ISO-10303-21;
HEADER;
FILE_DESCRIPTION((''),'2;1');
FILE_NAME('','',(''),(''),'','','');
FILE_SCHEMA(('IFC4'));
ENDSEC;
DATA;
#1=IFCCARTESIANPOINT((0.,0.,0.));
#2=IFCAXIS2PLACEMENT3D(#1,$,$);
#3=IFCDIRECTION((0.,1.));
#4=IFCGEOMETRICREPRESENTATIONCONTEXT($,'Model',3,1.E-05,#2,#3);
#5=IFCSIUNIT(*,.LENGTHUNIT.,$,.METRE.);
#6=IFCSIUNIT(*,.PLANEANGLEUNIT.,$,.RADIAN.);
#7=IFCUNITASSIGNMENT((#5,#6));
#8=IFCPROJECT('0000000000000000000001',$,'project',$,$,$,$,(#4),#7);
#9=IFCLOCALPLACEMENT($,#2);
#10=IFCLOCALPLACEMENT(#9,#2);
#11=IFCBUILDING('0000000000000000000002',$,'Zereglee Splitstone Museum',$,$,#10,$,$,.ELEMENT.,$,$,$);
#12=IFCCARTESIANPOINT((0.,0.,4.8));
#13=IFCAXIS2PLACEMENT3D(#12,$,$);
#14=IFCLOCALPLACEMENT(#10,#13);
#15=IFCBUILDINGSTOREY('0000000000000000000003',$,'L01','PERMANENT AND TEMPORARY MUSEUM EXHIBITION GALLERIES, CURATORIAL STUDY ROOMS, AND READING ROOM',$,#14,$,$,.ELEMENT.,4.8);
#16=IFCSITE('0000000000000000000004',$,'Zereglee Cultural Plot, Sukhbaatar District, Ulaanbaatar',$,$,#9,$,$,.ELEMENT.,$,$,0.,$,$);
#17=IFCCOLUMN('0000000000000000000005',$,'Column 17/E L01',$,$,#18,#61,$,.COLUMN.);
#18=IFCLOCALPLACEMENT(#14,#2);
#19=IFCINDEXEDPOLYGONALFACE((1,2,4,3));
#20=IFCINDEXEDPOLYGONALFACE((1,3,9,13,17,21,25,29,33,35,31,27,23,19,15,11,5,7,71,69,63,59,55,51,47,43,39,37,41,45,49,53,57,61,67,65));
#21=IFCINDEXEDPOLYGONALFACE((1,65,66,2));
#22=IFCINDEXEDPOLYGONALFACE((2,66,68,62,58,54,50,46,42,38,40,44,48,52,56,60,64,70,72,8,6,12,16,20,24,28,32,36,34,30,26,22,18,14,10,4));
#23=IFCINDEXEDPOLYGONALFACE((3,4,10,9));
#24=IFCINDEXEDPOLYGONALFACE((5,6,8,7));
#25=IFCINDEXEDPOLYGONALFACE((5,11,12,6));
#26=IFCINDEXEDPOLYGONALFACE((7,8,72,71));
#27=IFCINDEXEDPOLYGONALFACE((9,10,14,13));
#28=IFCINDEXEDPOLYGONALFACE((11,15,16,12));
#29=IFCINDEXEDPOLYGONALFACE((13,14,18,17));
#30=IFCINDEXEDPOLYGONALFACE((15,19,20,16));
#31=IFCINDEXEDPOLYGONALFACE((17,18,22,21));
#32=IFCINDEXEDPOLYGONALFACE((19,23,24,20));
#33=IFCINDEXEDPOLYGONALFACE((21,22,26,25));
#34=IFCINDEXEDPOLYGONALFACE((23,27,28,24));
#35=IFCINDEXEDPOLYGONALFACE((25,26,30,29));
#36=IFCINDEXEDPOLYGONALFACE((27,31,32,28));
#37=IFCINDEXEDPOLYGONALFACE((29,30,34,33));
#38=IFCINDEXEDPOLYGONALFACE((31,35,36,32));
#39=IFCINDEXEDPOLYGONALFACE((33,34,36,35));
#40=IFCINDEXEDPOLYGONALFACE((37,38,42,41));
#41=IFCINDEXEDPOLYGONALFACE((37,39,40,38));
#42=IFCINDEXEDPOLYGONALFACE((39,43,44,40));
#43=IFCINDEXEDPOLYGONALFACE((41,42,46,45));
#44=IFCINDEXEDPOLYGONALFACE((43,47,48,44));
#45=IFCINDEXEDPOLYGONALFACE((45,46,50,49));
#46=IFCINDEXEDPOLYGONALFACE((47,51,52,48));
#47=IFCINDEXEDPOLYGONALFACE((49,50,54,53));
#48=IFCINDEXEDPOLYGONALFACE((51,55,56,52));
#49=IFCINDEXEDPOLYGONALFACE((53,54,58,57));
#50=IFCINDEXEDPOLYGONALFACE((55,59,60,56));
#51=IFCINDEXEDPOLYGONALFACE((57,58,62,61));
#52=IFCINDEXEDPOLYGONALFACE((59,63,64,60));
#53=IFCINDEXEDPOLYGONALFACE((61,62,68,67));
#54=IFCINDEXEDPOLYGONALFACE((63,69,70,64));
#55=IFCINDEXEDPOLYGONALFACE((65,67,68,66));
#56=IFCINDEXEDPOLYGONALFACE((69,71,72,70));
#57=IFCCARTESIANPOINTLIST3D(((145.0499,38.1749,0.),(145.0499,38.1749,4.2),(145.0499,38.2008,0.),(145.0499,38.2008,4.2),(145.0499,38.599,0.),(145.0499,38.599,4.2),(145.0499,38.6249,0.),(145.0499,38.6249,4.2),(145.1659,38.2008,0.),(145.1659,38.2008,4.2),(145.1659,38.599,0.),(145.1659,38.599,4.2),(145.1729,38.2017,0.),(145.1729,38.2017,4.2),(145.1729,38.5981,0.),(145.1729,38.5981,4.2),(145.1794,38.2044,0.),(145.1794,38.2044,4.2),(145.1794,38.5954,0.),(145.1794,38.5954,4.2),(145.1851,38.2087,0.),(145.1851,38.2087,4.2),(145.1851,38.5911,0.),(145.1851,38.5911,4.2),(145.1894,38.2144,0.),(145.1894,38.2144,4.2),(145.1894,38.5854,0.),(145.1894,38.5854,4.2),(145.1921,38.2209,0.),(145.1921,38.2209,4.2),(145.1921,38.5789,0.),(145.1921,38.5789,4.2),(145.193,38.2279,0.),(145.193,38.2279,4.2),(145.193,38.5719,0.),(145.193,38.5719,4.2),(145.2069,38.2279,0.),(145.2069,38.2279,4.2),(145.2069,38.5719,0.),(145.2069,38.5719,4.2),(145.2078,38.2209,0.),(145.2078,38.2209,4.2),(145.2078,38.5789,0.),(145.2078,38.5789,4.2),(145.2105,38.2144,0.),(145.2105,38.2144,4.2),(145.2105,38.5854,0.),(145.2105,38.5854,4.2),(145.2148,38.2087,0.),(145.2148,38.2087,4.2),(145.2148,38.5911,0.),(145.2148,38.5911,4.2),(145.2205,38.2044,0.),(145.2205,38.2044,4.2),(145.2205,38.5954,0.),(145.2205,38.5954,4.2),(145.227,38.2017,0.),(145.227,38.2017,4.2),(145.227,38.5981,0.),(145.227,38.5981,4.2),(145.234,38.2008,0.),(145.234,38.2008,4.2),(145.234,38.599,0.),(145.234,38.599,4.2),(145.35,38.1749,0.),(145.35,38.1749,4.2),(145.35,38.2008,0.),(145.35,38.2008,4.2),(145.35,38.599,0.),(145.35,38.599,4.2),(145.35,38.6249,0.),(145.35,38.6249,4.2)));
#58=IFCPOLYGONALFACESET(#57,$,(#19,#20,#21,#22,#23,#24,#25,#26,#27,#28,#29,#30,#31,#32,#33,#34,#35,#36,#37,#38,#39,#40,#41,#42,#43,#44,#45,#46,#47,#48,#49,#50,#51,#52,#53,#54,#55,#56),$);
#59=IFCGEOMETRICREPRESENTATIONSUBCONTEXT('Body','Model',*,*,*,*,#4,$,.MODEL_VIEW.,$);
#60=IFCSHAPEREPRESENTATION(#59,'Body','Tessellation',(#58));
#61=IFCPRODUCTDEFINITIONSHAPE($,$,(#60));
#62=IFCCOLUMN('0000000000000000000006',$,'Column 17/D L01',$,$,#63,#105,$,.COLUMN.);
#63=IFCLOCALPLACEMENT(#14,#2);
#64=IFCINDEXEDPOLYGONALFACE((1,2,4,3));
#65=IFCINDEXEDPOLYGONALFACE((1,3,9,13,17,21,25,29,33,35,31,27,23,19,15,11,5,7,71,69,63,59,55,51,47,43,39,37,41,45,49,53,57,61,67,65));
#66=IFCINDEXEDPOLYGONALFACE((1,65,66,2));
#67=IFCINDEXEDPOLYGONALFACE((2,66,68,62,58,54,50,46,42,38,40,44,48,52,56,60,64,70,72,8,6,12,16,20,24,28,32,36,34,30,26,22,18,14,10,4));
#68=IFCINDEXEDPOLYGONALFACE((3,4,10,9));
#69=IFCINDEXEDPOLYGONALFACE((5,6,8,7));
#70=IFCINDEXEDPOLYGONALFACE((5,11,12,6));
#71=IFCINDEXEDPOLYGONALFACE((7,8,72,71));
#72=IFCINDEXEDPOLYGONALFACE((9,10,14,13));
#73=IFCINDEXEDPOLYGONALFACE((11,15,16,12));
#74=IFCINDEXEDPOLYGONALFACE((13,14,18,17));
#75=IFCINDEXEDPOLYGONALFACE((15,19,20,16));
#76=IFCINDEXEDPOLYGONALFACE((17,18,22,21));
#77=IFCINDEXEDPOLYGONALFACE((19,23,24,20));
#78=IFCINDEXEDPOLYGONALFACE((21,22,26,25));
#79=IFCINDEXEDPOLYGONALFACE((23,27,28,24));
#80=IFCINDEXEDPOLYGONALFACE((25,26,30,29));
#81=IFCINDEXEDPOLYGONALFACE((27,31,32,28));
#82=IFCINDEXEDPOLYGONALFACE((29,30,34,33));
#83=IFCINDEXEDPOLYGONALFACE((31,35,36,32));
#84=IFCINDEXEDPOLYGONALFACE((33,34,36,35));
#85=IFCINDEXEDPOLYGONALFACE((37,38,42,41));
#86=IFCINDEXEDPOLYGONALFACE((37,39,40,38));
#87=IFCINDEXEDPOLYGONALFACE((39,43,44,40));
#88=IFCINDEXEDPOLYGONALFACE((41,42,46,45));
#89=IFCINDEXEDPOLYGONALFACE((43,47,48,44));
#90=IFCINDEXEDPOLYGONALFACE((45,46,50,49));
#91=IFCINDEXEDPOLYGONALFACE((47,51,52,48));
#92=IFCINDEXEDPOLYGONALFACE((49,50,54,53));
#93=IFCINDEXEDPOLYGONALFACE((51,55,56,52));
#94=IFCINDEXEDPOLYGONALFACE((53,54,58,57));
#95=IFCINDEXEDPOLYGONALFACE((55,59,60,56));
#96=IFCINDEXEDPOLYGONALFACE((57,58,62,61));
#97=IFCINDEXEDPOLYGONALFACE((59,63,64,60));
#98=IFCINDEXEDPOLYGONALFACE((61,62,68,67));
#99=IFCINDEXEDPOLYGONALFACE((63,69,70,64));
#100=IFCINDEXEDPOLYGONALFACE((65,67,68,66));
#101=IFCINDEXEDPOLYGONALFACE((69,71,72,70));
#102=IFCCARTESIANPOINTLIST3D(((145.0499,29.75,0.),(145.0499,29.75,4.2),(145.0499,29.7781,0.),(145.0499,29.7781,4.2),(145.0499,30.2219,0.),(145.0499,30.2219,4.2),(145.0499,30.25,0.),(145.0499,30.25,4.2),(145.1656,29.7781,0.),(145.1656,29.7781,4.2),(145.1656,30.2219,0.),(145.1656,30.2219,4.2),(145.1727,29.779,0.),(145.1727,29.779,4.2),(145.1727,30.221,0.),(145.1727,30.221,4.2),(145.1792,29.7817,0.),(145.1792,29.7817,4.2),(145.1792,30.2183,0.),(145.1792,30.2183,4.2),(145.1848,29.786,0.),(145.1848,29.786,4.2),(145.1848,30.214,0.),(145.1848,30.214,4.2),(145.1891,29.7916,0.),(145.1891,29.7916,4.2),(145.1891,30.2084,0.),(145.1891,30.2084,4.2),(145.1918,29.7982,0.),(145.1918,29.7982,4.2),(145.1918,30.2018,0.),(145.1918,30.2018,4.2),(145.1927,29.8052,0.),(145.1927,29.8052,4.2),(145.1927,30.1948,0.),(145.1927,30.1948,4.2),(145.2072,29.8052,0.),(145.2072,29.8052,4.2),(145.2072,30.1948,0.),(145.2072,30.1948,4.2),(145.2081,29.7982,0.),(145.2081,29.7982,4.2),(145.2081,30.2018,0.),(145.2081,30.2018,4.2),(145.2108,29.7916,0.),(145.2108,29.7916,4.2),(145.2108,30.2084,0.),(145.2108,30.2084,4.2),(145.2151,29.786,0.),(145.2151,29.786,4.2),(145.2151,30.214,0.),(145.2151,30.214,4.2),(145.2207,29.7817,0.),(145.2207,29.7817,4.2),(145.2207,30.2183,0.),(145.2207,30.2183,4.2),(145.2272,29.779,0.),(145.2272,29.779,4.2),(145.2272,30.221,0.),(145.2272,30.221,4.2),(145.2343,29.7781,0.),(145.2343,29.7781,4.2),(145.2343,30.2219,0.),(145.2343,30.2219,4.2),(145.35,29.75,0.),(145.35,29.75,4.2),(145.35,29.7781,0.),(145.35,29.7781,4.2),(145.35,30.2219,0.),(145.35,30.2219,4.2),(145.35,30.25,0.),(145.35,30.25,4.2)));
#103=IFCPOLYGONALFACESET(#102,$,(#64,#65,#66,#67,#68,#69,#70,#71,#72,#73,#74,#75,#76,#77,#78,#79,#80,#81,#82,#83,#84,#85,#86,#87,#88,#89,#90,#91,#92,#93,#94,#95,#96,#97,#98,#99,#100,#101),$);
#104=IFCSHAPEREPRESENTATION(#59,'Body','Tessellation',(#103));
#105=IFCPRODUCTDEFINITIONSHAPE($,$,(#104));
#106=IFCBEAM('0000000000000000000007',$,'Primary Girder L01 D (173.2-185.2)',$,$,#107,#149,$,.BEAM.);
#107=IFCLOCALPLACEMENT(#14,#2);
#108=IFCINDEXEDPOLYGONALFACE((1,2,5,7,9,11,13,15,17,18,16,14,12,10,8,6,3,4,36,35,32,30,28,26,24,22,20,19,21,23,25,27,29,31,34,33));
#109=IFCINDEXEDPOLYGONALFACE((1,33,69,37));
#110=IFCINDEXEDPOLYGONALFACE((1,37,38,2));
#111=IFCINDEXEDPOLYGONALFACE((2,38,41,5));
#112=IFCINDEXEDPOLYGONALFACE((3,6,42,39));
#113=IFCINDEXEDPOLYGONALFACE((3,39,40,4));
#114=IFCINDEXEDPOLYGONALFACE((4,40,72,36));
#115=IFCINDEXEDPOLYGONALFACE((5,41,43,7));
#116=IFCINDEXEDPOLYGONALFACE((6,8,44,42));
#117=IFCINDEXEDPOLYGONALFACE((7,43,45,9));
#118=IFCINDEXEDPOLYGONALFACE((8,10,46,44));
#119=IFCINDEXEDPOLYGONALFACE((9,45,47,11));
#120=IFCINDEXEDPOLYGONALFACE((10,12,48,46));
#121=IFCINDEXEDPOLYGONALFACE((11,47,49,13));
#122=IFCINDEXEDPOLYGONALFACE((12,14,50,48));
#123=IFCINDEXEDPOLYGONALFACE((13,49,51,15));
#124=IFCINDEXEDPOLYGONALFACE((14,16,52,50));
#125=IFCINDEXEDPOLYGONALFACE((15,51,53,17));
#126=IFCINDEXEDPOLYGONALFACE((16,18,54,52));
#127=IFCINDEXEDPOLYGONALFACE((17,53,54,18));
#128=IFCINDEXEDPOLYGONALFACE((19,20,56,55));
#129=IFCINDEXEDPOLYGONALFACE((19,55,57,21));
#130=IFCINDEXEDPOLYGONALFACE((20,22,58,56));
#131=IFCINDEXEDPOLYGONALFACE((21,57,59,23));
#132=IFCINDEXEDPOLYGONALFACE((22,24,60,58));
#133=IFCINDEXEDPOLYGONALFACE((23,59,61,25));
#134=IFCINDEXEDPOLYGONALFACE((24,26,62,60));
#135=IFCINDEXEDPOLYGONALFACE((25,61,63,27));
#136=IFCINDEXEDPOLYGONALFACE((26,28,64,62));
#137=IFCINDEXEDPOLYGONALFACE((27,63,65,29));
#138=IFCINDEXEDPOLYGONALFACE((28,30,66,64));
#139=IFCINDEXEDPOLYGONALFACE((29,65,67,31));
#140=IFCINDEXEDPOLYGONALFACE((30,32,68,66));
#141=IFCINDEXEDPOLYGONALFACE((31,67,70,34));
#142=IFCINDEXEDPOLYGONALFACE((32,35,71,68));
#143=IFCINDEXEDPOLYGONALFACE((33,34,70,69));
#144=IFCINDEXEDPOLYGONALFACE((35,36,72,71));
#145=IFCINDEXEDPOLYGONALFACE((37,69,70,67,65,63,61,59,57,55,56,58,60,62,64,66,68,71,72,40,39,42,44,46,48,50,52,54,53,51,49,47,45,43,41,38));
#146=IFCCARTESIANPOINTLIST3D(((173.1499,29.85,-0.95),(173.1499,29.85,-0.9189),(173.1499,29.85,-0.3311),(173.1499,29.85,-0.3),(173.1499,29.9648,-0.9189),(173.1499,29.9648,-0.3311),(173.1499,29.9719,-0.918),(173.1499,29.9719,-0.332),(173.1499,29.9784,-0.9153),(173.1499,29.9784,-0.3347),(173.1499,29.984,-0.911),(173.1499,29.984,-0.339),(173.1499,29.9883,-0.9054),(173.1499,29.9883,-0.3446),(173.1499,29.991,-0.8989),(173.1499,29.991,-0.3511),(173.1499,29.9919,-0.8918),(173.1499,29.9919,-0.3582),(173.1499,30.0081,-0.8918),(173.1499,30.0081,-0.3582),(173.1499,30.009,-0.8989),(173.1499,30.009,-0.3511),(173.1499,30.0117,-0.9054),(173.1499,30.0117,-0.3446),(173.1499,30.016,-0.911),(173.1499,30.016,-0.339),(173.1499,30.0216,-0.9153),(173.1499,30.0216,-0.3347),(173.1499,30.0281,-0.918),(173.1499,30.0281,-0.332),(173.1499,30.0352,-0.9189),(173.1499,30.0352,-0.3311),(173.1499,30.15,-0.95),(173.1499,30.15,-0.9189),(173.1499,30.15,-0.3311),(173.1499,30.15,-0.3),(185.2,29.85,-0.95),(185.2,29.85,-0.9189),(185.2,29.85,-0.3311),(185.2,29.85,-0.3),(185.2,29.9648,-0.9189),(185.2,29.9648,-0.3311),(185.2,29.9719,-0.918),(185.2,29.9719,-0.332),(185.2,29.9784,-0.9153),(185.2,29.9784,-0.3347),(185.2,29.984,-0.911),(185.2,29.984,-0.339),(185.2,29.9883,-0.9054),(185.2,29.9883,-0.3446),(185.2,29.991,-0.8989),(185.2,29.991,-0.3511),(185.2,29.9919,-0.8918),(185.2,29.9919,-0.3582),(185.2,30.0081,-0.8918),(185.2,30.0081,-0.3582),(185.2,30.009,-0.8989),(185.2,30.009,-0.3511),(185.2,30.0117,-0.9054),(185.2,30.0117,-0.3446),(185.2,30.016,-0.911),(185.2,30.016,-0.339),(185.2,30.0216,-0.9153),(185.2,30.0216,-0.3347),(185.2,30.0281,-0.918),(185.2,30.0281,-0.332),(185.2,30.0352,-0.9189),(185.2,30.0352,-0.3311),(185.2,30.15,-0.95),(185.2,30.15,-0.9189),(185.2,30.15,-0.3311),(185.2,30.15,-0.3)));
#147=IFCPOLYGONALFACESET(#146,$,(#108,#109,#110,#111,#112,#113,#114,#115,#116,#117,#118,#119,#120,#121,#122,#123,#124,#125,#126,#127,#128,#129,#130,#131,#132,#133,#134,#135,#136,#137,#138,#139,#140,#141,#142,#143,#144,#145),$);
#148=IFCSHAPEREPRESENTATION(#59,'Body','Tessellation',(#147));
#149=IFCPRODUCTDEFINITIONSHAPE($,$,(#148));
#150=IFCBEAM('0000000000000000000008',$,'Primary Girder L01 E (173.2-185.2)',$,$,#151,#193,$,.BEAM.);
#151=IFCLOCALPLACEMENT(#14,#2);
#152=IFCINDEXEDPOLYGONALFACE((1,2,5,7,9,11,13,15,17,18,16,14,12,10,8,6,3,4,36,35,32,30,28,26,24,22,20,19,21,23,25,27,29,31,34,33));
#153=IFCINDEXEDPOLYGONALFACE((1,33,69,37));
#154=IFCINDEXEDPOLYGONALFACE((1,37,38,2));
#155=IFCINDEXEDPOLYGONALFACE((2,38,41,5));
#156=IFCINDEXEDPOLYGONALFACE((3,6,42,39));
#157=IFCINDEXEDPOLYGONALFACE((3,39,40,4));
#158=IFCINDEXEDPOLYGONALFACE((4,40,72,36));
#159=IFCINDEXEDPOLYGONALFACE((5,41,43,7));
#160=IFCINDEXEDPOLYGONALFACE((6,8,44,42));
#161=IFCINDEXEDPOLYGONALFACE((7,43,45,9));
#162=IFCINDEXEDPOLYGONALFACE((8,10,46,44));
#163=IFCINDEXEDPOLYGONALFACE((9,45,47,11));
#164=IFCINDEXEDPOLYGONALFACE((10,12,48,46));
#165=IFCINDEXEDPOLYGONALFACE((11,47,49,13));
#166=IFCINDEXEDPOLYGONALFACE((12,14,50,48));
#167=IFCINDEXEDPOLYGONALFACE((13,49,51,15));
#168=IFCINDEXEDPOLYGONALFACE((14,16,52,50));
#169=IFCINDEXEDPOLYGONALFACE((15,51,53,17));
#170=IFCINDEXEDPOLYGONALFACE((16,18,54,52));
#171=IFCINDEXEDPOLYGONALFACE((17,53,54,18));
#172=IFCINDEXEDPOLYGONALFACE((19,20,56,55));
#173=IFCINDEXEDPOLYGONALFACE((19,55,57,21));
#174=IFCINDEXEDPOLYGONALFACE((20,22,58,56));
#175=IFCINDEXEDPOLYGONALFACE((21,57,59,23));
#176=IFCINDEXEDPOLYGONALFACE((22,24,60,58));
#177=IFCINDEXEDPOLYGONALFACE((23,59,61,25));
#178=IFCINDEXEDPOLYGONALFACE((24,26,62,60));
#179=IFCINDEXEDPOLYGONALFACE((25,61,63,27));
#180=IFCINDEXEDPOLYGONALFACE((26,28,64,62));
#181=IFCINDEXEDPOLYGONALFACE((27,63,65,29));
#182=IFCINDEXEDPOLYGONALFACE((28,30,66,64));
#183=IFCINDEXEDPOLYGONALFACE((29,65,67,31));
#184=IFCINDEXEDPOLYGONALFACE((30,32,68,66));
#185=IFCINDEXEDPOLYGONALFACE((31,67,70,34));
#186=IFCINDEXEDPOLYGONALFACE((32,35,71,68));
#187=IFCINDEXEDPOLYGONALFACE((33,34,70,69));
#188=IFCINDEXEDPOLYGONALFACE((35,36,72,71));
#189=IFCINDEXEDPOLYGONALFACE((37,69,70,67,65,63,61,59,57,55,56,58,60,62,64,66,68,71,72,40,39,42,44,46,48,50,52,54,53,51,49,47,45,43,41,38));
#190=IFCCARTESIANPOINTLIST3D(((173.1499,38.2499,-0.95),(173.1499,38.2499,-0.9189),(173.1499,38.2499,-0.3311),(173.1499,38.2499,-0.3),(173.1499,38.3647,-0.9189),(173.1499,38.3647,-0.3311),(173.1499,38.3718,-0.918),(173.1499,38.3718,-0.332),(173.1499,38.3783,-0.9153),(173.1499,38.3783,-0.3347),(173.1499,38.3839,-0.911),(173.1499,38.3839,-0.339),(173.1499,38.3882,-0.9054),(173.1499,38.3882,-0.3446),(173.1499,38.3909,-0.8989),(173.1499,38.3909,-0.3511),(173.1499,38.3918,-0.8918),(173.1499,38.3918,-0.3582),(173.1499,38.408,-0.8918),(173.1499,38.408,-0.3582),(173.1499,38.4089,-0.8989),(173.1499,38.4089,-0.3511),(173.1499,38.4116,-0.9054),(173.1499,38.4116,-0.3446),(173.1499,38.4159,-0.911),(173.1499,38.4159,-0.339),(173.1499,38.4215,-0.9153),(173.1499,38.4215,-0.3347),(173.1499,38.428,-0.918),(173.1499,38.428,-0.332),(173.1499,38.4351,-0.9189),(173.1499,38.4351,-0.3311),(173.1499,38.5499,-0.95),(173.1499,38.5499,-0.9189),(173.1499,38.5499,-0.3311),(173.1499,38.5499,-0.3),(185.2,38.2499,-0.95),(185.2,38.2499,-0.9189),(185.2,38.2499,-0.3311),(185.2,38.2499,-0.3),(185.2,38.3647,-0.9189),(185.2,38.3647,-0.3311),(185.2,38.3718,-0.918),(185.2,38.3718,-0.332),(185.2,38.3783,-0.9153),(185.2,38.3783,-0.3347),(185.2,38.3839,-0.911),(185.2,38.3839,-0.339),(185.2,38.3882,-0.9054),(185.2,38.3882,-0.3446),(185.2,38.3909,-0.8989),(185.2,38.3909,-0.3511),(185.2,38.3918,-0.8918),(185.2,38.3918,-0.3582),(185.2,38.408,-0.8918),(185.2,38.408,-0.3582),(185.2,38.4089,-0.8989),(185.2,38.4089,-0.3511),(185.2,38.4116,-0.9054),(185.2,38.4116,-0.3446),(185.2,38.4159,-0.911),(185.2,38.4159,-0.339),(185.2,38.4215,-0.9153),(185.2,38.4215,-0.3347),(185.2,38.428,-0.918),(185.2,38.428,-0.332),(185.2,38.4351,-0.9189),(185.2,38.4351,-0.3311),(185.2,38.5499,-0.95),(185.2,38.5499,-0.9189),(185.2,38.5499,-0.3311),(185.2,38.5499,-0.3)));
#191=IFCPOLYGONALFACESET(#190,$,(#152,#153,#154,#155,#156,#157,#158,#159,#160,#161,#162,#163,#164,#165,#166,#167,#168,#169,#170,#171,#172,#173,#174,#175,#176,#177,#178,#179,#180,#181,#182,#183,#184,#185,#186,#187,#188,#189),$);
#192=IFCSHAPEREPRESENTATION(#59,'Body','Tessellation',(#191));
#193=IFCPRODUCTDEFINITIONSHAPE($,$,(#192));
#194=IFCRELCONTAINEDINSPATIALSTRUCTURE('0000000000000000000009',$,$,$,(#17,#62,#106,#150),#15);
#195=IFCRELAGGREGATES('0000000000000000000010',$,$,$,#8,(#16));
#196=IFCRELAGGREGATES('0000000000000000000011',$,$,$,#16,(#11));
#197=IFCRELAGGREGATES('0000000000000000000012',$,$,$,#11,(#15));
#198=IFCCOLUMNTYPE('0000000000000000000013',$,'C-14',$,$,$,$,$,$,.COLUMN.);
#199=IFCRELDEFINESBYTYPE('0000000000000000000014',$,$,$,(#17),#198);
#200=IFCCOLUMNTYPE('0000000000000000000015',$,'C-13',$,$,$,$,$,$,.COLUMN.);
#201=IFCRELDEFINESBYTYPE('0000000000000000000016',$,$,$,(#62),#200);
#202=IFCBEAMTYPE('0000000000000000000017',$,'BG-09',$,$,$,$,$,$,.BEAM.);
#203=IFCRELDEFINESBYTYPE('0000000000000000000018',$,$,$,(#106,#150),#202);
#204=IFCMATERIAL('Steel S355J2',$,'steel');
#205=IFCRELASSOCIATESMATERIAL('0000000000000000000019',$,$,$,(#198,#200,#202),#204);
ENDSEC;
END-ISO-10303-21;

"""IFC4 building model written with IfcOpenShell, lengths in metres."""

from ifc_helpers import new_model, si_unit, direction, frame, origin, origin_2d, place, context, subcontext, project, spatial, i_section, extrude, material, material_profile, profile_set, type_object, element, save


model = new_model("IFC4")

# Units and contexts
model_context = context("Model", 3, precision=1e-05, world=origin(), true_north=direction((0.0, 1.0)))
body_context = subcontext(model_context, "Body", "Model", "MODEL_VIEW")
ifc_project = project(units=[si_unit("LENGTHUNIT", "METRE"), si_unit("PLANEANGLEUNIT", "RADIAN")], contexts=[model_context])

# Site, building, storey
site_placement = place(None, origin())
site = spatial("IfcSite", under=ifc_project, at=site_placement, Name="Zereglee Cultural Plot, Sukhbaatar District, Ulaanbaatar", CompositionType="ELEMENT", RefElevation=0.0)
building_placement = place(site_placement, origin())
building = spatial("IfcBuilding", under=site, at=building_placement, Name="Zereglee Splitstone Museum", CompositionType="ELEMENT")
storey_placement = place(building_placement, frame((0.0, 0.0, 4.8)))
storey = spatial("IfcBuildingStorey", under=building, at=storey_placement, Name="L01", Description="PERMANENT AND TEMPORARY MUSEUM EXHIBITION GALLERIES, CURATORIAL STUDY ROOMS, AND READING ROOM", CompositionType="ELEMENT", Elevation=4.8)

# Columns
ifc_material_1 = material(Name="Steel S355J2", Category="steel")
ifc_material_profile_1 = material_profile(ifc_material_1, i_section(OverallWidth=0.3, OverallDepth=0.45, WebThickness=0.0139, FlangeThickness=0.0259, FilletRadius=0.0271, at=origin_2d()), Name="HE 450 B")
ifc_profile_set_1 = profile_set([ifc_material_profile_1], Name="Steel S355J2")
column_type_1 = type_object("IfcColumnType", Name="C-14", PredefinedType="COLUMN", material=ifc_profile_set_1)
column_1_placement = place(storey_placement, frame((145.2, 38.3999, 0.0), z_axis=(0.0, 0.0, 1.0), x_axis=(1.0, 0.0, 0.0)))
element("IfcColumn", 1, at=column_1_placement, inside=storey, type_object=column_type_1, Name="Column 17/E L01", PredefinedType="COLUMN", context=body_context, shape_type="SweptSolid", body=[
    extrude(i_section(OverallWidth=0.3, OverallDepth=0.45, WebThickness=0.0139, FlangeThickness=0.0259, FilletRadius=0.0271, at=origin_2d()), origin(), (0.0, 0.0, 1.0), 4.2),
])
ifc_material_profile_2 = material_profile(ifc_material_1, i_section(OverallWidth=0.3, OverallDepth=0.5, WebThickness=0.0144, FlangeThickness=0.0281, FilletRadius=0.0271, at=origin_2d()), Name="HE 500 B")
ifc_profile_set_2 = profile_set([ifc_material_profile_2], Name="Steel S355J2")
column_type_2 = type_object("IfcColumnType", Name="C-13", PredefinedType="COLUMN", material=ifc_profile_set_2)
column_2_placement = place(storey_placement, frame((145.2, 30.0, 0.0), z_axis=(0.0, 0.0, 1.0), x_axis=(1.0, 0.0, 0.0)))
element("IfcColumn", 2, at=column_2_placement, inside=storey, type_object=column_type_2, Name="Column 17/D L01", PredefinedType="COLUMN", context=body_context, shape_type="SweptSolid", body=[
    extrude(i_section(OverallWidth=0.3, OverallDepth=0.5, WebThickness=0.0144, FlangeThickness=0.0281, FilletRadius=0.0271, at=origin_2d()), origin(), (0.0, 0.0, 1.0), 4.2),
])

# Beams
ifc_material_profile_3 = material_profile(ifc_material_1, i_section(OverallWidth=0.3, OverallDepth=0.6499, WebThickness=0.0161, FlangeThickness=0.031, FilletRadius=0.0271, at=origin_2d()), Name="HE 650 B")
ifc_profile_set_3 = profile_set([ifc_material_profile_3], Name="Steel S355J2")
beam_type_1 = type_object("IfcBeamType", Name="BG-09", PredefinedType="BEAM", material=ifc_profile_set_3)
for number, where, z_axis, x_axis, name in (
    (3, (173.1499, 30.0, -0.625), (1.0, 0.0, 0.0), (0.0, 1.0, 0.0), "Primary Girder L01 D (173.2-185.2)"),
    (4, (173.1499, 38.3999, -0.625), (1.0, 0.0, 0.0), (0.0, 1.0, 0.0), "Primary Girder L01 E (173.2-185.2)"),
):
    element("IfcBeam", number, at=place(storey_placement, frame(where, z_axis=z_axis, x_axis=x_axis)), inside=storey, type_object=beam_type_1, Name=name, PredefinedType="BEAM", context=body_context, shape_type="SweptSolid", body=[
        extrude(i_section(OverallWidth=0.3, OverallDepth=0.6499, WebThickness=0.0161, FlangeThickness=0.031, FilletRadius=0.0271, at=origin_2d()), origin(), (0.0, 0.0, 1.0), 12.05),
    ])

save(model, "model.ifc")
